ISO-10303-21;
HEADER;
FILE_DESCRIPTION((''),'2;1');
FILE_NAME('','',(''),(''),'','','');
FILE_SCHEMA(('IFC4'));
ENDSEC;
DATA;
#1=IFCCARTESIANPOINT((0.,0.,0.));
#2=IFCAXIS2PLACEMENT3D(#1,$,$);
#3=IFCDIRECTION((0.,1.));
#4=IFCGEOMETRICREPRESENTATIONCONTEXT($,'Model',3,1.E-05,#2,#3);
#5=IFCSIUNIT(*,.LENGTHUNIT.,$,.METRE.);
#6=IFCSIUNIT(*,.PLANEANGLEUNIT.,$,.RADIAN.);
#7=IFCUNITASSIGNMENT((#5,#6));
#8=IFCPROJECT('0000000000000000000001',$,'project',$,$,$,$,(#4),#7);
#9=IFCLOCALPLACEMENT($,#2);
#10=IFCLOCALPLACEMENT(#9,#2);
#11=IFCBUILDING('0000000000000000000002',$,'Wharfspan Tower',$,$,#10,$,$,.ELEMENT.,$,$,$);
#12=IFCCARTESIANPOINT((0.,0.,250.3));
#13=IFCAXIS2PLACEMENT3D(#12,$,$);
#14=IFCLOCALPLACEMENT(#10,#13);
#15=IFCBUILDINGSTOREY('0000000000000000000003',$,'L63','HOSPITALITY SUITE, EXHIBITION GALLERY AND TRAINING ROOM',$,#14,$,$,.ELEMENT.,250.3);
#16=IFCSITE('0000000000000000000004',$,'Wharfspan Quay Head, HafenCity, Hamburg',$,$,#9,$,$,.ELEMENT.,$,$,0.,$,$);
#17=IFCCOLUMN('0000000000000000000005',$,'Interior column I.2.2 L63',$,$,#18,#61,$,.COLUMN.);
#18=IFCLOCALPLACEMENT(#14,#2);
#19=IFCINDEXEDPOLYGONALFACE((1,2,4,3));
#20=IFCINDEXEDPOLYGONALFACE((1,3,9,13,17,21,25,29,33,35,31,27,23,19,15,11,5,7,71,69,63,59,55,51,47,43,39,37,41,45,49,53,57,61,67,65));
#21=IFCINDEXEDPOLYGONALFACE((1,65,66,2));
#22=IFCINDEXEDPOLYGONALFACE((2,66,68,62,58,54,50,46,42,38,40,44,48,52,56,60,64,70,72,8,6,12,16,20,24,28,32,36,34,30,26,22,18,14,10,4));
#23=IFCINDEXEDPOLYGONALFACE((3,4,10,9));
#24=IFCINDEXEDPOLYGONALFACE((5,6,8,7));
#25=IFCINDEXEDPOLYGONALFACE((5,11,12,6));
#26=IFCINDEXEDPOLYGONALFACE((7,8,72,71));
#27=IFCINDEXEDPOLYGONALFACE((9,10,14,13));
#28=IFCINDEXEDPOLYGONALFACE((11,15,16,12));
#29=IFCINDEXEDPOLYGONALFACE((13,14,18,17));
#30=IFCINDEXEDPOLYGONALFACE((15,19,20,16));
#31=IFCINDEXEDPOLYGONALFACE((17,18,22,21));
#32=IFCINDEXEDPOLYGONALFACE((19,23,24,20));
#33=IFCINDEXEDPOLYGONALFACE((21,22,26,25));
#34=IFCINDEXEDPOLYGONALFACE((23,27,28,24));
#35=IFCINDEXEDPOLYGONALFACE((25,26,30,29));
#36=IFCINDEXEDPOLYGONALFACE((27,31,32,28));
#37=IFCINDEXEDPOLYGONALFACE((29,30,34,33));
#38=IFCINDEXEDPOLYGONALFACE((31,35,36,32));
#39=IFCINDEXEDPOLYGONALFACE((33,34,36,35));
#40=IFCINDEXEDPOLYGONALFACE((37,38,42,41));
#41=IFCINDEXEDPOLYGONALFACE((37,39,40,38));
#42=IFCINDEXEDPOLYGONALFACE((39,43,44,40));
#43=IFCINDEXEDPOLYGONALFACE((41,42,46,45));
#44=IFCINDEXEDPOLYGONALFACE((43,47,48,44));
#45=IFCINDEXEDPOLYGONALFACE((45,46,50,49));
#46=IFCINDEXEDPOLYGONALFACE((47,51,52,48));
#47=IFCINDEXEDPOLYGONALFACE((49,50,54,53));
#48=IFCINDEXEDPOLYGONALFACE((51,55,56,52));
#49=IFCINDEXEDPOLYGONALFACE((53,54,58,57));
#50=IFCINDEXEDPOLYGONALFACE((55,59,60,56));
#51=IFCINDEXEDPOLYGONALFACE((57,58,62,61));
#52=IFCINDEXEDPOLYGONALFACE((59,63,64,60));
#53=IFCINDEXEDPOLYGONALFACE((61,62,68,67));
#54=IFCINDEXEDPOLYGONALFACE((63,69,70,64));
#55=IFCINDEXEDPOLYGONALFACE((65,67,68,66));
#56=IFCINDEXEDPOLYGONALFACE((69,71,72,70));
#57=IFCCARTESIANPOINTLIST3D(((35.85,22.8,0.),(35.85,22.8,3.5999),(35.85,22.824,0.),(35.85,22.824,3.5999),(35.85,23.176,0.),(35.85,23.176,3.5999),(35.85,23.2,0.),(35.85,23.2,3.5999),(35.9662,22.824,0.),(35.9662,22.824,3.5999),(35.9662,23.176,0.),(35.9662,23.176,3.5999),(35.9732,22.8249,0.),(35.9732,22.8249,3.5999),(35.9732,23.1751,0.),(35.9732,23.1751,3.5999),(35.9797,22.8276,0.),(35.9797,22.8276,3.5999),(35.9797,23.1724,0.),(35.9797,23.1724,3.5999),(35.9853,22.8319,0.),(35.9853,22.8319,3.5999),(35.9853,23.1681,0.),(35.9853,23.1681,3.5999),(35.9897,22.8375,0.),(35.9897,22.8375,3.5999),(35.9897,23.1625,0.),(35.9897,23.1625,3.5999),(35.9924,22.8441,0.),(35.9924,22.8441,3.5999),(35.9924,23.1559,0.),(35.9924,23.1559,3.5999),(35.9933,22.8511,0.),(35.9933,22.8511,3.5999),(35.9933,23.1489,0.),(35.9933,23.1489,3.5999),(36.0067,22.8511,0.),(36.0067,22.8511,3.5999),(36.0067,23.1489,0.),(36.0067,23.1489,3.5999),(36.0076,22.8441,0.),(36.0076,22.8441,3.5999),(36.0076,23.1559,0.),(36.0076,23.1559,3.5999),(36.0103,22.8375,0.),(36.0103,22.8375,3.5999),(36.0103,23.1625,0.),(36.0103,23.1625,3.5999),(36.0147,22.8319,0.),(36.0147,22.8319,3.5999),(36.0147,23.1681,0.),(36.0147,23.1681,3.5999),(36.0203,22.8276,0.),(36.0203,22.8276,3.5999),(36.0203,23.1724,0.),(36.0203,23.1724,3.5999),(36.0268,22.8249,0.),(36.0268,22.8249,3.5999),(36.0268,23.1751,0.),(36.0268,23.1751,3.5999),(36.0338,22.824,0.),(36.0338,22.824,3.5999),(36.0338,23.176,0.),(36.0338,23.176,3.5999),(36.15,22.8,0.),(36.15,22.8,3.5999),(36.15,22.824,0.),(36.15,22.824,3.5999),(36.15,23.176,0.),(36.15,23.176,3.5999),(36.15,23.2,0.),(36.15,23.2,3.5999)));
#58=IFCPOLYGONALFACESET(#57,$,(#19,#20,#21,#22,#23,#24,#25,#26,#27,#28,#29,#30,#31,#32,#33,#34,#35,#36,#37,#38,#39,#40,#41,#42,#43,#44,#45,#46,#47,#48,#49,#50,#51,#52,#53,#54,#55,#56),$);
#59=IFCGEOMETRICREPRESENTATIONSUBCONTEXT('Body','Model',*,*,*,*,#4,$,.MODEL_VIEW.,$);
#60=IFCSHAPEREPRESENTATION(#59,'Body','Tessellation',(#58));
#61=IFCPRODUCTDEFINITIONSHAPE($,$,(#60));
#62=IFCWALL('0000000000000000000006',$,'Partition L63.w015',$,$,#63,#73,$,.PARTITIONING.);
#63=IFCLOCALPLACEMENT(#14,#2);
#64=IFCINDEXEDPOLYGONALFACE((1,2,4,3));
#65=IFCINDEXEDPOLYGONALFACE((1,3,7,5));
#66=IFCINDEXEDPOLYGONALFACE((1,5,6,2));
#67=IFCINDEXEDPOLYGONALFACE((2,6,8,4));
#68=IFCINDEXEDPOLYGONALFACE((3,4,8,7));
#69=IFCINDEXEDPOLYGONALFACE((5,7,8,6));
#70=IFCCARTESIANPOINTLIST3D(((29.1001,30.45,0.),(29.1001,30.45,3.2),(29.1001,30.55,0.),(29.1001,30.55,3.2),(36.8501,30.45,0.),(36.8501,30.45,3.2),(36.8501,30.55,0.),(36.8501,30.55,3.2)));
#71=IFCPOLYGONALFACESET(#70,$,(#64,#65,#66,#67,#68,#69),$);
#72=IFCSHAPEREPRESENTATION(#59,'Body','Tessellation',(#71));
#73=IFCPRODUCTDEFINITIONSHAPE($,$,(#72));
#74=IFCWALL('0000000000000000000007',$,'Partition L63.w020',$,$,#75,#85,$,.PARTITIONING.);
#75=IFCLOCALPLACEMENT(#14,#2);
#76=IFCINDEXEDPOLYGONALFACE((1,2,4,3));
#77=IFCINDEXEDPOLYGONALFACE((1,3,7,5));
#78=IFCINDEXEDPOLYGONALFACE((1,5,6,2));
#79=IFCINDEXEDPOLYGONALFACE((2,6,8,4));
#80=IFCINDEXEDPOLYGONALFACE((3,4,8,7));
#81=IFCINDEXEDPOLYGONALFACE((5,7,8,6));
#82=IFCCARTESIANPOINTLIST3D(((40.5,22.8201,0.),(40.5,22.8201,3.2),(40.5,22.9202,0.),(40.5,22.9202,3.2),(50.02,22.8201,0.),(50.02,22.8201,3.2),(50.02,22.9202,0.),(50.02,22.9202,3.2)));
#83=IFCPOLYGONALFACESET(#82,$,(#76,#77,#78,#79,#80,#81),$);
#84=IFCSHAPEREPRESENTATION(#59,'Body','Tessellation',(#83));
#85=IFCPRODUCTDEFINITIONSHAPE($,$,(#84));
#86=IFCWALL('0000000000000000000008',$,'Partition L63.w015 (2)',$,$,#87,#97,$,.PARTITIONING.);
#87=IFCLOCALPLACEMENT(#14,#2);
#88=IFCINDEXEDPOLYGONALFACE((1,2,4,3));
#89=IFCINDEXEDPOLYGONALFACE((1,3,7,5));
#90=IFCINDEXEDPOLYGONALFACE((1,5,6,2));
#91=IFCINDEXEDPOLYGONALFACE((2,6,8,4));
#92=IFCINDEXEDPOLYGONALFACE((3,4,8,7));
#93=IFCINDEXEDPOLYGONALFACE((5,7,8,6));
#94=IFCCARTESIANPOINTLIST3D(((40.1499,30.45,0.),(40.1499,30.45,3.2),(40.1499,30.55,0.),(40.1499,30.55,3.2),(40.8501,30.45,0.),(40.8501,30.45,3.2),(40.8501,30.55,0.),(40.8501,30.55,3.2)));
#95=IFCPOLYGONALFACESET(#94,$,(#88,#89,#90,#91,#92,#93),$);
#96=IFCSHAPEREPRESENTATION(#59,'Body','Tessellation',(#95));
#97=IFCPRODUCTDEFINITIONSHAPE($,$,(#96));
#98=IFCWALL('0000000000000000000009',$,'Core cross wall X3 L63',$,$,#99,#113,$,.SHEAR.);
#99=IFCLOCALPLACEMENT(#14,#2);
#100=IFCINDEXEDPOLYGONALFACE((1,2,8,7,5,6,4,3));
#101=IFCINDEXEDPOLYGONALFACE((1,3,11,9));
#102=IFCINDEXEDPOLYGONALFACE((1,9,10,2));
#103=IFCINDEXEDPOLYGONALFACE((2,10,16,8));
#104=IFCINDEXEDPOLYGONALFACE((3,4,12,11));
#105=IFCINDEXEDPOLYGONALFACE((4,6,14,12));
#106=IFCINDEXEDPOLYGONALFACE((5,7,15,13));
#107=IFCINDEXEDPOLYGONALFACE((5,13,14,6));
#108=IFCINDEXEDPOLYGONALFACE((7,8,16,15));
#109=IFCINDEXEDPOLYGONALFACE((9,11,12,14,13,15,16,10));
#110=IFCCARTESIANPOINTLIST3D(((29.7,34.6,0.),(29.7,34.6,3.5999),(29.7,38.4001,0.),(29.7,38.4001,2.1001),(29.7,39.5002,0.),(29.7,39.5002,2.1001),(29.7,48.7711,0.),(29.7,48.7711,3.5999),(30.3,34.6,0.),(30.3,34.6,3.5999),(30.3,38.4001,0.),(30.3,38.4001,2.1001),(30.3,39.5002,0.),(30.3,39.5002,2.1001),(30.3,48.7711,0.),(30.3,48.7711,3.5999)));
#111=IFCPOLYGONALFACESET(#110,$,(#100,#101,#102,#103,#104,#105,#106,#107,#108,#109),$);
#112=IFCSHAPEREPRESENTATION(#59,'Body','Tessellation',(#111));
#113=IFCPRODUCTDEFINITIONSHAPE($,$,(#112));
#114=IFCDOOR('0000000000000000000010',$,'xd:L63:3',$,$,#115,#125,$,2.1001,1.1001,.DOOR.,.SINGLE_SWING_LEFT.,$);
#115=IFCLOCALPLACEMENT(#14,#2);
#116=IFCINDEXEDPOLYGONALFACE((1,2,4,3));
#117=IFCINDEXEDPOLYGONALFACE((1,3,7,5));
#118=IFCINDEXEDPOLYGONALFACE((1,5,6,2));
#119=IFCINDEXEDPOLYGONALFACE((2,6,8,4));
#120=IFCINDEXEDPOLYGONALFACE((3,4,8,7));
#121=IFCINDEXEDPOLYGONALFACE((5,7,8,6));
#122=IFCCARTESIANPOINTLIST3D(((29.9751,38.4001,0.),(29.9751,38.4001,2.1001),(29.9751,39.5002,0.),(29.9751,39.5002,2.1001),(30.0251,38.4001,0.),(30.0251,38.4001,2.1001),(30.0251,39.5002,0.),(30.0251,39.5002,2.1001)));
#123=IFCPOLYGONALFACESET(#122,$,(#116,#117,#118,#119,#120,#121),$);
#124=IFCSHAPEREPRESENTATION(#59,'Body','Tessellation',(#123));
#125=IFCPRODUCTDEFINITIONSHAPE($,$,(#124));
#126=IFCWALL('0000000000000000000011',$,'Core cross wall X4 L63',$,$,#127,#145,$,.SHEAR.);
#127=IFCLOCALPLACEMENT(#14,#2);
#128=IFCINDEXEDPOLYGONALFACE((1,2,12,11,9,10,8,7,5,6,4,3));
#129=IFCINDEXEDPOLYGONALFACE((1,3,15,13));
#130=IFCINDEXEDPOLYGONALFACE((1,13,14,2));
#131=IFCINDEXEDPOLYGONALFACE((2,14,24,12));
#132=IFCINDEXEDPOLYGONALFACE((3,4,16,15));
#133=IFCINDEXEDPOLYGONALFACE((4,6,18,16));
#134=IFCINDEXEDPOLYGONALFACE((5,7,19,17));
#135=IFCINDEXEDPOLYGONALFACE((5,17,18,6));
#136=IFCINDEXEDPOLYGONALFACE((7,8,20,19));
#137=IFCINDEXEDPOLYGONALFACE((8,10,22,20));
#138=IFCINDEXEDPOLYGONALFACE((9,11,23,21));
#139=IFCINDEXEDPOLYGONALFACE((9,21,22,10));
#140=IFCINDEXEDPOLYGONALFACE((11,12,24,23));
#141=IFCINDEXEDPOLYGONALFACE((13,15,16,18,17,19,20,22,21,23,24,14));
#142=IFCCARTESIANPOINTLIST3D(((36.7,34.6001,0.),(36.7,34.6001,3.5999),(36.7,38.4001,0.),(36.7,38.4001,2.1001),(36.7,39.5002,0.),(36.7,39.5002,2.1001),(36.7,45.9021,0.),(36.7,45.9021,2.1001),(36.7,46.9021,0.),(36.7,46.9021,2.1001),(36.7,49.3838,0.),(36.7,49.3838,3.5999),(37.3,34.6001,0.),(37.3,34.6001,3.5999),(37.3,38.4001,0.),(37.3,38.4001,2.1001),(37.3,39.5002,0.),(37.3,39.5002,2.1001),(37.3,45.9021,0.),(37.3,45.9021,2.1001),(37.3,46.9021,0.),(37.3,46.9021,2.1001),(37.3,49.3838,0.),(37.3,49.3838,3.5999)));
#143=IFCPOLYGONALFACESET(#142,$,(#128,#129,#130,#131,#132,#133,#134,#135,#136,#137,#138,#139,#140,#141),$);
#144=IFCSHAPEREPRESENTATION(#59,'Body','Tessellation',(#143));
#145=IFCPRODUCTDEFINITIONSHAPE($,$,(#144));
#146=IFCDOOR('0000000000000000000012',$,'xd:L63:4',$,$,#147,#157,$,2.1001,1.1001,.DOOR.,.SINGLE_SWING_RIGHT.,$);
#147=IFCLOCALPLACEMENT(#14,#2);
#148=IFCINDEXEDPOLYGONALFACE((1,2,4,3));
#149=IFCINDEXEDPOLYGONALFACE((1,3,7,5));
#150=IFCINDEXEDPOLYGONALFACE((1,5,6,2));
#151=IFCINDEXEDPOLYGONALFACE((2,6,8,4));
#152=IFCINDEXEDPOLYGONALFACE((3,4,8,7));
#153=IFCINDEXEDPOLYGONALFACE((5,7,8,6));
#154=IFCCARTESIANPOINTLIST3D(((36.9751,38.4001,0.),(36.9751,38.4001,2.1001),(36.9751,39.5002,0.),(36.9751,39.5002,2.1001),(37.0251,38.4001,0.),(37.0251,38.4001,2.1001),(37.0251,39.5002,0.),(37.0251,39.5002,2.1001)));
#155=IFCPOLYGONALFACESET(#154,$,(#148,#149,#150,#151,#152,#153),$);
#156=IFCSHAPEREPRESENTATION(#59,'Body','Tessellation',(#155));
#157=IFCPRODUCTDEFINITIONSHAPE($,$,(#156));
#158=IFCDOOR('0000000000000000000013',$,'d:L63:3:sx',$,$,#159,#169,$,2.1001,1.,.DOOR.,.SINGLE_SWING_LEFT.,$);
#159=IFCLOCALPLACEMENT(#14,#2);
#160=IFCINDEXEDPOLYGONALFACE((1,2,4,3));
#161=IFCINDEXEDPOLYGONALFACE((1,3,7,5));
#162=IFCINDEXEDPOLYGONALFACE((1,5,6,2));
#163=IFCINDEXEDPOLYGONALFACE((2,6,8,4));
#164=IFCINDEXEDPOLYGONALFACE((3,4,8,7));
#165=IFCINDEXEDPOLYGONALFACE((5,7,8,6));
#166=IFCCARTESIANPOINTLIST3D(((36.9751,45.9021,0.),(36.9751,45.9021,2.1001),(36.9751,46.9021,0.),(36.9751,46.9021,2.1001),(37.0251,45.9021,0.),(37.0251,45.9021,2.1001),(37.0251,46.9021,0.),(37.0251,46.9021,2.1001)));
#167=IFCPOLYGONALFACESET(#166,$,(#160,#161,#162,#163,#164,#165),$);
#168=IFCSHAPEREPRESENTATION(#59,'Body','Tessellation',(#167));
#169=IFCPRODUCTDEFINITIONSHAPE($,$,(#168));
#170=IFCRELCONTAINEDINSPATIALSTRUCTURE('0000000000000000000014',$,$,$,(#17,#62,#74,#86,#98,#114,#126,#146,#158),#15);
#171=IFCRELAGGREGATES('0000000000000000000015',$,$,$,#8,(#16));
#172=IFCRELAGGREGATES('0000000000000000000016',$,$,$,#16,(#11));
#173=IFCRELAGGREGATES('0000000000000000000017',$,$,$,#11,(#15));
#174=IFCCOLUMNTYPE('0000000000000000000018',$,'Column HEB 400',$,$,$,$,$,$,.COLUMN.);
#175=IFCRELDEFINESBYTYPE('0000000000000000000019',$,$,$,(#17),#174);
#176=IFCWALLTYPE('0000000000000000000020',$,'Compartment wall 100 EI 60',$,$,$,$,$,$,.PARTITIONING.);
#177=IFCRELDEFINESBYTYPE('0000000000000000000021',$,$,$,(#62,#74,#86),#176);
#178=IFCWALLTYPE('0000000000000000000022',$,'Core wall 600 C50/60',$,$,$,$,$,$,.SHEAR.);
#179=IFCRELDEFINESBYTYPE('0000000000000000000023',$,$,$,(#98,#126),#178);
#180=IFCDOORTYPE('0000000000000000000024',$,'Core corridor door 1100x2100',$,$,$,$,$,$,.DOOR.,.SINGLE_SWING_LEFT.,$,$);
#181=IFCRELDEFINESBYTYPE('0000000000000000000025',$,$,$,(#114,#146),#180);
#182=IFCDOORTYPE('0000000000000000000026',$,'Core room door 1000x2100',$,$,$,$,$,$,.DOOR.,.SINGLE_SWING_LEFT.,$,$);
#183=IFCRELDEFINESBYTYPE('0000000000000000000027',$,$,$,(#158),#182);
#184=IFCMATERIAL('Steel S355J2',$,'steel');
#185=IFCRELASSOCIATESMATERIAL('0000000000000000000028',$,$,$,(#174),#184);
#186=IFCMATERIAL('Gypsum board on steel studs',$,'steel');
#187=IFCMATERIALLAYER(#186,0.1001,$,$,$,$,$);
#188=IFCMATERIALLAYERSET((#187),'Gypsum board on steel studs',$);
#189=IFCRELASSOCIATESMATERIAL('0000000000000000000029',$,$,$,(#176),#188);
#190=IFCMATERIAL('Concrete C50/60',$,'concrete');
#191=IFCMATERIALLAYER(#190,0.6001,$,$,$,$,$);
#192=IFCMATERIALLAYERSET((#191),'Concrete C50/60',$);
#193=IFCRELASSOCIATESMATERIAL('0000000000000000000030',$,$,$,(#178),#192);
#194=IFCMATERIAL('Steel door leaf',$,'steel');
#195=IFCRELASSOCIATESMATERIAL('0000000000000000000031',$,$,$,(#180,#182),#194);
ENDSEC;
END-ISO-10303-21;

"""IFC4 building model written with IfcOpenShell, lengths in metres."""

from ifc_helpers import new_model, si_unit, direction, frame, frame_2d, origin, origin_2d, place, context, subcontext, project, spatial, rectangle, i_section, extrude, material, layer, layer_set, material_profile, profile_set, type_object, element, fill, save


model = new_model("IFC4")

# Units and contexts
model_context = context("Model", 3, precision=1e-05, world=origin(), true_north=direction((0.0, 1.0)))
body_context = subcontext(model_context, "Body", "Model", "MODEL_VIEW")
ifc_project = project(units=[si_unit("LENGTHUNIT", "METRE"), si_unit("PLANEANGLEUNIT", "RADIAN")], contexts=[model_context])

# Site, building, storey
site_placement = place(None, origin())
site = spatial("IfcSite", under=ifc_project, at=site_placement, Name="Wharfspan Quay Head, HafenCity, Hamburg", CompositionType="ELEMENT", RefElevation=0.0)
building_placement = place(site_placement, origin())
building = spatial("IfcBuilding", under=site, at=building_placement, Name="Wharfspan Tower", CompositionType="ELEMENT")
storey_placement = place(building_placement, frame((0.0, 0.0, 250.3)))
storey = spatial("IfcBuildingStorey", under=building, at=storey_placement, Name="L63", Description="HOSPITALITY SUITE, EXHIBITION GALLERY AND TRAINING ROOM", CompositionType="ELEMENT", Elevation=250.3)

# Column
ifc_material_1 = material(Name="Steel S355J2", Category="steel")
ifc_material_profile = material_profile(ifc_material_1, i_section(OverallWidth=0.3, OverallDepth=0.3999, WebThickness=0.0134, FlangeThickness=0.0239, FilletRadius=0.0271, at=origin_2d()))
ifc_profile_set = profile_set([ifc_material_profile], Name="Steel S355J2")
column_type = type_object("IfcColumnType", Name="Column HEB 400", PredefinedType="COLUMN", material=ifc_profile_set)
column_placement = place(storey_placement, frame((36.0, 23.0, 0.0), z_axis=(0.0, 0.0, 1.0), x_axis=(1.0, 0.0, 0.0)))
element("IfcColumn", 1, at=column_placement, inside=storey, type_object=column_type, Name="Interior column I.2.2 L63", PredefinedType="COLUMN", context=body_context, shape_type="SweptSolid", body=[
    extrude(i_section(OverallWidth=0.3, OverallDepth=0.3999, WebThickness=0.0134, FlangeThickness=0.0239, FilletRadius=0.0271, at=origin_2d()), origin(), (0.0, 0.0, 1.0), 3.5999),
])

# Walls
ifc_material_2 = material(Name="Gypsum board on steel studs", Category="steel")
ifc_layer_1 = layer(ifc_material_2, 0.1001)
ifc_layer_set_1 = layer_set([ifc_layer_1], Name="Gypsum board on steel studs")
wall_type_1 = type_object("IfcWallType", Name="Compartment wall 100 EI 60", PredefinedType="PARTITIONING", material=ifc_layer_set_1)
wall_1_placement = place(storey_placement, frame((29.1001, 30.5, 0.0), z_axis=(0.0, 0.0, 1.0), x_axis=(1.0, 0.0, 0.0)))
element("IfcWall", 2, at=wall_1_placement, inside=storey, type_object=wall_type_1, Name="Partition L63.w015", PredefinedType="PARTITIONING", context=body_context, shape_type="SweptSolid", body=[
    extrude(rectangle(XDim=7.75, YDim=0.1001, at=frame_2d((3.875, 0.0))), origin(), (0.0, 0.0, 1.0), 3.2),
])
wall_2_placement = place(storey_placement, frame((40.5, 22.8701, 0.0), z_axis=(0.0, 0.0, 1.0), x_axis=(1.0, 0.0, 0.0)))
element("IfcWall", 3, at=wall_2_placement, inside=storey, type_object=wall_type_1, Name="Partition L63.w020", PredefinedType="PARTITIONING", context=body_context, shape_type="SweptSolid", body=[
    extrude(rectangle(XDim=9.52, YDim=0.1001, at=frame_2d((4.76, 0.0))), origin(), (0.0, 0.0, 1.0), 3.2),
])
wall_3_placement = place(storey_placement, frame((40.1499, 30.5, 0.0), z_axis=(0.0, 0.0, 1.0), x_axis=(1.0, 0.0, 0.0)))
element("IfcWall", 4, at=wall_3_placement, inside=storey, type_object=wall_type_1, Name="Partition L63.w015 (2)", PredefinedType="PARTITIONING", context=body_context, shape_type="SweptSolid", body=[
    extrude(rectangle(XDim=0.7002, YDim=0.1001, at=frame_2d((0.3501, 0.0))), origin(), (0.0, 0.0, 1.0), 3.2),
])

# Wall, opening, door
ifc_material_3 = material(Name="Concrete C50/60", Category="concrete")
ifc_layer_2 = layer(ifc_material_3, 0.6001)
ifc_layer_set_2 = layer_set([ifc_layer_2], Name="Concrete C50/60")
wall_type_2 = type_object("IfcWallType", Name="Core wall 600 C50/60", PredefinedType="SHEAR", material=ifc_layer_set_2)
wall_4_placement = place(storey_placement, frame((30.0, 34.6001, 0.0), z_axis=(0.0, 0.0, 1.0), x_axis=(0.0, 1.0, 0.0)))
wall_4 = element("IfcWall", 5, at=wall_4_placement, inside=storey, type_object=wall_type_2, Name="Core cross wall X3 L63", PredefinedType="SHEAR", context=body_context, shape_type="SweptSolid", body=[
    extrude(rectangle(XDim=14.1711, YDim=0.6001, at=frame_2d((7.0854, 0.0))), origin(), (0.0, 0.0, 1.0), 3.5999),
])
opening_1_placement = place(wall_4_placement, frame((3.8, 0.0, 0.0)))
opening_1 = element("IfcOpeningElement", 6, at=opening_1_placement, cuts=wall_4, PredefinedType="OPENING", context=body_context, shape_type="SweptSolid", body=[
    extrude(rectangle(XDim=1.1001, YDim=2.1001, at=frame_2d((0.55, 1.05))), frame((0.0, 0.3101, 0.0), z_axis=(0.0, -1.0, 0.0), x_axis=(1.0, 0.0, 0.0)), (0.0, 0.0, 1.0), 0.6201),
])
ifc_material_4 = material(Name="Steel door leaf", Category="steel")
door_type_1 = type_object("IfcDoorType", Name="Core corridor door 1100x2100", OperationType="SINGLE_SWING_LEFT", PredefinedType="DOOR", material=ifc_material_4)
door_1_placement = place(opening_1_placement, origin())
door_1 = element("IfcDoor", 7, at=door_1_placement, inside=storey, type_object=door_type_1, Name="xd:L63:3", OperationType="SINGLE_SWING_LEFT", OverallHeight=2.1001, OverallWidth=1.1001, PredefinedType="DOOR", context=body_context, shape_type="SweptSolid", body=[
    extrude(rectangle(XDim=1.1001, YDim=2.1001, at=frame_2d((0.55, 1.05))), frame((0.0, 0.0249, 0.0), z_axis=(0.0, -1.0, 0.0), x_axis=(1.0, 0.0, 0.0)), (0.0, 0.0, 1.0), 0.05),
])
fill(opening_1, door_1)

# Wall, openings, doors
wall_5_placement = place(storey_placement, frame((37.0, 34.6001, 0.0), z_axis=(0.0, 0.0, 1.0), x_axis=(0.0, 1.0, 0.0)))
wall_5 = element("IfcWall", 8, at=wall_5_placement, inside=storey, type_object=wall_type_2, Name="Core cross wall X4 L63", PredefinedType="SHEAR", context=body_context, shape_type="SweptSolid", body=[
    extrude(rectangle(XDim=14.7837, YDim=0.6001, at=frame_2d((7.3918, 0.0))), origin(), (0.0, 0.0, 1.0), 3.5999),
])
opening_2_placement = place(wall_5_placement, frame((11.302, 0.0, 0.0)))
opening_2 = element("IfcOpeningElement", 9, at=opening_2_placement, cuts=wall_5, PredefinedType="OPENING", context=body_context, shape_type="SweptSolid", body=[
    extrude(rectangle(XDim=1.0, YDim=2.1001, at=frame_2d((0.5, 1.05))), frame((0.0, 0.3101, 0.0), z_axis=(0.0, -1.0, 0.0), x_axis=(1.0, 0.0, 0.0)), (0.0, 0.0, 1.0), 0.6201),
])
opening_3_placement = place(wall_5_placement, frame((3.8, 0.0, 0.0)))
opening_3 = element("IfcOpeningElement", 10, at=opening_3_placement, cuts=wall_5, PredefinedType="OPENING", context=body_context, shape_type="SweptSolid", body=[
    extrude(rectangle(XDim=1.1001, YDim=2.1001, at=frame_2d((0.55, 1.05))), frame((0.0, 0.3101, 0.0), z_axis=(0.0, -1.0, 0.0), x_axis=(1.0, 0.0, 0.0)), (0.0, 0.0, 1.0), 0.6201),
])
door_2_placement = place(opening_3_placement, origin())
door_2 = element("IfcDoor", 11, at=door_2_placement, inside=storey, type_object=door_type_1, Name="xd:L63:4", OperationType="SINGLE_SWING_RIGHT", OverallHeight=2.1001, OverallWidth=1.1001, PredefinedType="DOOR", context=body_context, shape_type="SweptSolid", body=[
    extrude(rectangle(XDim=1.1001, YDim=2.1001, at=frame_2d((0.55, 1.05))), frame((0.0, 0.0249, 0.0), z_axis=(0.0, -1.0, 0.0), x_axis=(1.0, 0.0, 0.0)), (0.0, 0.0, 1.0), 0.05),
])
fill(opening_3, door_2)
door_type_2 = type_object("IfcDoorType", Name="Core room door 1000x2100", OperationType="SINGLE_SWING_LEFT", PredefinedType="DOOR", material=ifc_material_4)
door_3_placement = place(opening_2_placement, origin())
door_3 = element("IfcDoor", 12, at=door_3_placement, inside=storey, type_object=door_type_2, Name="d:L63:3:sx", OperationType="SINGLE_SWING_LEFT", OverallHeight=2.1001, OverallWidth=1.0, PredefinedType="DOOR", context=body_context, shape_type="SweptSolid", body=[
    extrude(rectangle(XDim=1.0, YDim=2.1001, at=frame_2d((0.5, 1.05))), frame((0.0, 0.0249, 0.0), z_axis=(0.0, -1.0, 0.0), x_axis=(1.0, 0.0, 0.0)), (0.0, 0.0, 1.0), 0.05),
])
fill(opening_2, door_3)

save(model, "model.ifc")
